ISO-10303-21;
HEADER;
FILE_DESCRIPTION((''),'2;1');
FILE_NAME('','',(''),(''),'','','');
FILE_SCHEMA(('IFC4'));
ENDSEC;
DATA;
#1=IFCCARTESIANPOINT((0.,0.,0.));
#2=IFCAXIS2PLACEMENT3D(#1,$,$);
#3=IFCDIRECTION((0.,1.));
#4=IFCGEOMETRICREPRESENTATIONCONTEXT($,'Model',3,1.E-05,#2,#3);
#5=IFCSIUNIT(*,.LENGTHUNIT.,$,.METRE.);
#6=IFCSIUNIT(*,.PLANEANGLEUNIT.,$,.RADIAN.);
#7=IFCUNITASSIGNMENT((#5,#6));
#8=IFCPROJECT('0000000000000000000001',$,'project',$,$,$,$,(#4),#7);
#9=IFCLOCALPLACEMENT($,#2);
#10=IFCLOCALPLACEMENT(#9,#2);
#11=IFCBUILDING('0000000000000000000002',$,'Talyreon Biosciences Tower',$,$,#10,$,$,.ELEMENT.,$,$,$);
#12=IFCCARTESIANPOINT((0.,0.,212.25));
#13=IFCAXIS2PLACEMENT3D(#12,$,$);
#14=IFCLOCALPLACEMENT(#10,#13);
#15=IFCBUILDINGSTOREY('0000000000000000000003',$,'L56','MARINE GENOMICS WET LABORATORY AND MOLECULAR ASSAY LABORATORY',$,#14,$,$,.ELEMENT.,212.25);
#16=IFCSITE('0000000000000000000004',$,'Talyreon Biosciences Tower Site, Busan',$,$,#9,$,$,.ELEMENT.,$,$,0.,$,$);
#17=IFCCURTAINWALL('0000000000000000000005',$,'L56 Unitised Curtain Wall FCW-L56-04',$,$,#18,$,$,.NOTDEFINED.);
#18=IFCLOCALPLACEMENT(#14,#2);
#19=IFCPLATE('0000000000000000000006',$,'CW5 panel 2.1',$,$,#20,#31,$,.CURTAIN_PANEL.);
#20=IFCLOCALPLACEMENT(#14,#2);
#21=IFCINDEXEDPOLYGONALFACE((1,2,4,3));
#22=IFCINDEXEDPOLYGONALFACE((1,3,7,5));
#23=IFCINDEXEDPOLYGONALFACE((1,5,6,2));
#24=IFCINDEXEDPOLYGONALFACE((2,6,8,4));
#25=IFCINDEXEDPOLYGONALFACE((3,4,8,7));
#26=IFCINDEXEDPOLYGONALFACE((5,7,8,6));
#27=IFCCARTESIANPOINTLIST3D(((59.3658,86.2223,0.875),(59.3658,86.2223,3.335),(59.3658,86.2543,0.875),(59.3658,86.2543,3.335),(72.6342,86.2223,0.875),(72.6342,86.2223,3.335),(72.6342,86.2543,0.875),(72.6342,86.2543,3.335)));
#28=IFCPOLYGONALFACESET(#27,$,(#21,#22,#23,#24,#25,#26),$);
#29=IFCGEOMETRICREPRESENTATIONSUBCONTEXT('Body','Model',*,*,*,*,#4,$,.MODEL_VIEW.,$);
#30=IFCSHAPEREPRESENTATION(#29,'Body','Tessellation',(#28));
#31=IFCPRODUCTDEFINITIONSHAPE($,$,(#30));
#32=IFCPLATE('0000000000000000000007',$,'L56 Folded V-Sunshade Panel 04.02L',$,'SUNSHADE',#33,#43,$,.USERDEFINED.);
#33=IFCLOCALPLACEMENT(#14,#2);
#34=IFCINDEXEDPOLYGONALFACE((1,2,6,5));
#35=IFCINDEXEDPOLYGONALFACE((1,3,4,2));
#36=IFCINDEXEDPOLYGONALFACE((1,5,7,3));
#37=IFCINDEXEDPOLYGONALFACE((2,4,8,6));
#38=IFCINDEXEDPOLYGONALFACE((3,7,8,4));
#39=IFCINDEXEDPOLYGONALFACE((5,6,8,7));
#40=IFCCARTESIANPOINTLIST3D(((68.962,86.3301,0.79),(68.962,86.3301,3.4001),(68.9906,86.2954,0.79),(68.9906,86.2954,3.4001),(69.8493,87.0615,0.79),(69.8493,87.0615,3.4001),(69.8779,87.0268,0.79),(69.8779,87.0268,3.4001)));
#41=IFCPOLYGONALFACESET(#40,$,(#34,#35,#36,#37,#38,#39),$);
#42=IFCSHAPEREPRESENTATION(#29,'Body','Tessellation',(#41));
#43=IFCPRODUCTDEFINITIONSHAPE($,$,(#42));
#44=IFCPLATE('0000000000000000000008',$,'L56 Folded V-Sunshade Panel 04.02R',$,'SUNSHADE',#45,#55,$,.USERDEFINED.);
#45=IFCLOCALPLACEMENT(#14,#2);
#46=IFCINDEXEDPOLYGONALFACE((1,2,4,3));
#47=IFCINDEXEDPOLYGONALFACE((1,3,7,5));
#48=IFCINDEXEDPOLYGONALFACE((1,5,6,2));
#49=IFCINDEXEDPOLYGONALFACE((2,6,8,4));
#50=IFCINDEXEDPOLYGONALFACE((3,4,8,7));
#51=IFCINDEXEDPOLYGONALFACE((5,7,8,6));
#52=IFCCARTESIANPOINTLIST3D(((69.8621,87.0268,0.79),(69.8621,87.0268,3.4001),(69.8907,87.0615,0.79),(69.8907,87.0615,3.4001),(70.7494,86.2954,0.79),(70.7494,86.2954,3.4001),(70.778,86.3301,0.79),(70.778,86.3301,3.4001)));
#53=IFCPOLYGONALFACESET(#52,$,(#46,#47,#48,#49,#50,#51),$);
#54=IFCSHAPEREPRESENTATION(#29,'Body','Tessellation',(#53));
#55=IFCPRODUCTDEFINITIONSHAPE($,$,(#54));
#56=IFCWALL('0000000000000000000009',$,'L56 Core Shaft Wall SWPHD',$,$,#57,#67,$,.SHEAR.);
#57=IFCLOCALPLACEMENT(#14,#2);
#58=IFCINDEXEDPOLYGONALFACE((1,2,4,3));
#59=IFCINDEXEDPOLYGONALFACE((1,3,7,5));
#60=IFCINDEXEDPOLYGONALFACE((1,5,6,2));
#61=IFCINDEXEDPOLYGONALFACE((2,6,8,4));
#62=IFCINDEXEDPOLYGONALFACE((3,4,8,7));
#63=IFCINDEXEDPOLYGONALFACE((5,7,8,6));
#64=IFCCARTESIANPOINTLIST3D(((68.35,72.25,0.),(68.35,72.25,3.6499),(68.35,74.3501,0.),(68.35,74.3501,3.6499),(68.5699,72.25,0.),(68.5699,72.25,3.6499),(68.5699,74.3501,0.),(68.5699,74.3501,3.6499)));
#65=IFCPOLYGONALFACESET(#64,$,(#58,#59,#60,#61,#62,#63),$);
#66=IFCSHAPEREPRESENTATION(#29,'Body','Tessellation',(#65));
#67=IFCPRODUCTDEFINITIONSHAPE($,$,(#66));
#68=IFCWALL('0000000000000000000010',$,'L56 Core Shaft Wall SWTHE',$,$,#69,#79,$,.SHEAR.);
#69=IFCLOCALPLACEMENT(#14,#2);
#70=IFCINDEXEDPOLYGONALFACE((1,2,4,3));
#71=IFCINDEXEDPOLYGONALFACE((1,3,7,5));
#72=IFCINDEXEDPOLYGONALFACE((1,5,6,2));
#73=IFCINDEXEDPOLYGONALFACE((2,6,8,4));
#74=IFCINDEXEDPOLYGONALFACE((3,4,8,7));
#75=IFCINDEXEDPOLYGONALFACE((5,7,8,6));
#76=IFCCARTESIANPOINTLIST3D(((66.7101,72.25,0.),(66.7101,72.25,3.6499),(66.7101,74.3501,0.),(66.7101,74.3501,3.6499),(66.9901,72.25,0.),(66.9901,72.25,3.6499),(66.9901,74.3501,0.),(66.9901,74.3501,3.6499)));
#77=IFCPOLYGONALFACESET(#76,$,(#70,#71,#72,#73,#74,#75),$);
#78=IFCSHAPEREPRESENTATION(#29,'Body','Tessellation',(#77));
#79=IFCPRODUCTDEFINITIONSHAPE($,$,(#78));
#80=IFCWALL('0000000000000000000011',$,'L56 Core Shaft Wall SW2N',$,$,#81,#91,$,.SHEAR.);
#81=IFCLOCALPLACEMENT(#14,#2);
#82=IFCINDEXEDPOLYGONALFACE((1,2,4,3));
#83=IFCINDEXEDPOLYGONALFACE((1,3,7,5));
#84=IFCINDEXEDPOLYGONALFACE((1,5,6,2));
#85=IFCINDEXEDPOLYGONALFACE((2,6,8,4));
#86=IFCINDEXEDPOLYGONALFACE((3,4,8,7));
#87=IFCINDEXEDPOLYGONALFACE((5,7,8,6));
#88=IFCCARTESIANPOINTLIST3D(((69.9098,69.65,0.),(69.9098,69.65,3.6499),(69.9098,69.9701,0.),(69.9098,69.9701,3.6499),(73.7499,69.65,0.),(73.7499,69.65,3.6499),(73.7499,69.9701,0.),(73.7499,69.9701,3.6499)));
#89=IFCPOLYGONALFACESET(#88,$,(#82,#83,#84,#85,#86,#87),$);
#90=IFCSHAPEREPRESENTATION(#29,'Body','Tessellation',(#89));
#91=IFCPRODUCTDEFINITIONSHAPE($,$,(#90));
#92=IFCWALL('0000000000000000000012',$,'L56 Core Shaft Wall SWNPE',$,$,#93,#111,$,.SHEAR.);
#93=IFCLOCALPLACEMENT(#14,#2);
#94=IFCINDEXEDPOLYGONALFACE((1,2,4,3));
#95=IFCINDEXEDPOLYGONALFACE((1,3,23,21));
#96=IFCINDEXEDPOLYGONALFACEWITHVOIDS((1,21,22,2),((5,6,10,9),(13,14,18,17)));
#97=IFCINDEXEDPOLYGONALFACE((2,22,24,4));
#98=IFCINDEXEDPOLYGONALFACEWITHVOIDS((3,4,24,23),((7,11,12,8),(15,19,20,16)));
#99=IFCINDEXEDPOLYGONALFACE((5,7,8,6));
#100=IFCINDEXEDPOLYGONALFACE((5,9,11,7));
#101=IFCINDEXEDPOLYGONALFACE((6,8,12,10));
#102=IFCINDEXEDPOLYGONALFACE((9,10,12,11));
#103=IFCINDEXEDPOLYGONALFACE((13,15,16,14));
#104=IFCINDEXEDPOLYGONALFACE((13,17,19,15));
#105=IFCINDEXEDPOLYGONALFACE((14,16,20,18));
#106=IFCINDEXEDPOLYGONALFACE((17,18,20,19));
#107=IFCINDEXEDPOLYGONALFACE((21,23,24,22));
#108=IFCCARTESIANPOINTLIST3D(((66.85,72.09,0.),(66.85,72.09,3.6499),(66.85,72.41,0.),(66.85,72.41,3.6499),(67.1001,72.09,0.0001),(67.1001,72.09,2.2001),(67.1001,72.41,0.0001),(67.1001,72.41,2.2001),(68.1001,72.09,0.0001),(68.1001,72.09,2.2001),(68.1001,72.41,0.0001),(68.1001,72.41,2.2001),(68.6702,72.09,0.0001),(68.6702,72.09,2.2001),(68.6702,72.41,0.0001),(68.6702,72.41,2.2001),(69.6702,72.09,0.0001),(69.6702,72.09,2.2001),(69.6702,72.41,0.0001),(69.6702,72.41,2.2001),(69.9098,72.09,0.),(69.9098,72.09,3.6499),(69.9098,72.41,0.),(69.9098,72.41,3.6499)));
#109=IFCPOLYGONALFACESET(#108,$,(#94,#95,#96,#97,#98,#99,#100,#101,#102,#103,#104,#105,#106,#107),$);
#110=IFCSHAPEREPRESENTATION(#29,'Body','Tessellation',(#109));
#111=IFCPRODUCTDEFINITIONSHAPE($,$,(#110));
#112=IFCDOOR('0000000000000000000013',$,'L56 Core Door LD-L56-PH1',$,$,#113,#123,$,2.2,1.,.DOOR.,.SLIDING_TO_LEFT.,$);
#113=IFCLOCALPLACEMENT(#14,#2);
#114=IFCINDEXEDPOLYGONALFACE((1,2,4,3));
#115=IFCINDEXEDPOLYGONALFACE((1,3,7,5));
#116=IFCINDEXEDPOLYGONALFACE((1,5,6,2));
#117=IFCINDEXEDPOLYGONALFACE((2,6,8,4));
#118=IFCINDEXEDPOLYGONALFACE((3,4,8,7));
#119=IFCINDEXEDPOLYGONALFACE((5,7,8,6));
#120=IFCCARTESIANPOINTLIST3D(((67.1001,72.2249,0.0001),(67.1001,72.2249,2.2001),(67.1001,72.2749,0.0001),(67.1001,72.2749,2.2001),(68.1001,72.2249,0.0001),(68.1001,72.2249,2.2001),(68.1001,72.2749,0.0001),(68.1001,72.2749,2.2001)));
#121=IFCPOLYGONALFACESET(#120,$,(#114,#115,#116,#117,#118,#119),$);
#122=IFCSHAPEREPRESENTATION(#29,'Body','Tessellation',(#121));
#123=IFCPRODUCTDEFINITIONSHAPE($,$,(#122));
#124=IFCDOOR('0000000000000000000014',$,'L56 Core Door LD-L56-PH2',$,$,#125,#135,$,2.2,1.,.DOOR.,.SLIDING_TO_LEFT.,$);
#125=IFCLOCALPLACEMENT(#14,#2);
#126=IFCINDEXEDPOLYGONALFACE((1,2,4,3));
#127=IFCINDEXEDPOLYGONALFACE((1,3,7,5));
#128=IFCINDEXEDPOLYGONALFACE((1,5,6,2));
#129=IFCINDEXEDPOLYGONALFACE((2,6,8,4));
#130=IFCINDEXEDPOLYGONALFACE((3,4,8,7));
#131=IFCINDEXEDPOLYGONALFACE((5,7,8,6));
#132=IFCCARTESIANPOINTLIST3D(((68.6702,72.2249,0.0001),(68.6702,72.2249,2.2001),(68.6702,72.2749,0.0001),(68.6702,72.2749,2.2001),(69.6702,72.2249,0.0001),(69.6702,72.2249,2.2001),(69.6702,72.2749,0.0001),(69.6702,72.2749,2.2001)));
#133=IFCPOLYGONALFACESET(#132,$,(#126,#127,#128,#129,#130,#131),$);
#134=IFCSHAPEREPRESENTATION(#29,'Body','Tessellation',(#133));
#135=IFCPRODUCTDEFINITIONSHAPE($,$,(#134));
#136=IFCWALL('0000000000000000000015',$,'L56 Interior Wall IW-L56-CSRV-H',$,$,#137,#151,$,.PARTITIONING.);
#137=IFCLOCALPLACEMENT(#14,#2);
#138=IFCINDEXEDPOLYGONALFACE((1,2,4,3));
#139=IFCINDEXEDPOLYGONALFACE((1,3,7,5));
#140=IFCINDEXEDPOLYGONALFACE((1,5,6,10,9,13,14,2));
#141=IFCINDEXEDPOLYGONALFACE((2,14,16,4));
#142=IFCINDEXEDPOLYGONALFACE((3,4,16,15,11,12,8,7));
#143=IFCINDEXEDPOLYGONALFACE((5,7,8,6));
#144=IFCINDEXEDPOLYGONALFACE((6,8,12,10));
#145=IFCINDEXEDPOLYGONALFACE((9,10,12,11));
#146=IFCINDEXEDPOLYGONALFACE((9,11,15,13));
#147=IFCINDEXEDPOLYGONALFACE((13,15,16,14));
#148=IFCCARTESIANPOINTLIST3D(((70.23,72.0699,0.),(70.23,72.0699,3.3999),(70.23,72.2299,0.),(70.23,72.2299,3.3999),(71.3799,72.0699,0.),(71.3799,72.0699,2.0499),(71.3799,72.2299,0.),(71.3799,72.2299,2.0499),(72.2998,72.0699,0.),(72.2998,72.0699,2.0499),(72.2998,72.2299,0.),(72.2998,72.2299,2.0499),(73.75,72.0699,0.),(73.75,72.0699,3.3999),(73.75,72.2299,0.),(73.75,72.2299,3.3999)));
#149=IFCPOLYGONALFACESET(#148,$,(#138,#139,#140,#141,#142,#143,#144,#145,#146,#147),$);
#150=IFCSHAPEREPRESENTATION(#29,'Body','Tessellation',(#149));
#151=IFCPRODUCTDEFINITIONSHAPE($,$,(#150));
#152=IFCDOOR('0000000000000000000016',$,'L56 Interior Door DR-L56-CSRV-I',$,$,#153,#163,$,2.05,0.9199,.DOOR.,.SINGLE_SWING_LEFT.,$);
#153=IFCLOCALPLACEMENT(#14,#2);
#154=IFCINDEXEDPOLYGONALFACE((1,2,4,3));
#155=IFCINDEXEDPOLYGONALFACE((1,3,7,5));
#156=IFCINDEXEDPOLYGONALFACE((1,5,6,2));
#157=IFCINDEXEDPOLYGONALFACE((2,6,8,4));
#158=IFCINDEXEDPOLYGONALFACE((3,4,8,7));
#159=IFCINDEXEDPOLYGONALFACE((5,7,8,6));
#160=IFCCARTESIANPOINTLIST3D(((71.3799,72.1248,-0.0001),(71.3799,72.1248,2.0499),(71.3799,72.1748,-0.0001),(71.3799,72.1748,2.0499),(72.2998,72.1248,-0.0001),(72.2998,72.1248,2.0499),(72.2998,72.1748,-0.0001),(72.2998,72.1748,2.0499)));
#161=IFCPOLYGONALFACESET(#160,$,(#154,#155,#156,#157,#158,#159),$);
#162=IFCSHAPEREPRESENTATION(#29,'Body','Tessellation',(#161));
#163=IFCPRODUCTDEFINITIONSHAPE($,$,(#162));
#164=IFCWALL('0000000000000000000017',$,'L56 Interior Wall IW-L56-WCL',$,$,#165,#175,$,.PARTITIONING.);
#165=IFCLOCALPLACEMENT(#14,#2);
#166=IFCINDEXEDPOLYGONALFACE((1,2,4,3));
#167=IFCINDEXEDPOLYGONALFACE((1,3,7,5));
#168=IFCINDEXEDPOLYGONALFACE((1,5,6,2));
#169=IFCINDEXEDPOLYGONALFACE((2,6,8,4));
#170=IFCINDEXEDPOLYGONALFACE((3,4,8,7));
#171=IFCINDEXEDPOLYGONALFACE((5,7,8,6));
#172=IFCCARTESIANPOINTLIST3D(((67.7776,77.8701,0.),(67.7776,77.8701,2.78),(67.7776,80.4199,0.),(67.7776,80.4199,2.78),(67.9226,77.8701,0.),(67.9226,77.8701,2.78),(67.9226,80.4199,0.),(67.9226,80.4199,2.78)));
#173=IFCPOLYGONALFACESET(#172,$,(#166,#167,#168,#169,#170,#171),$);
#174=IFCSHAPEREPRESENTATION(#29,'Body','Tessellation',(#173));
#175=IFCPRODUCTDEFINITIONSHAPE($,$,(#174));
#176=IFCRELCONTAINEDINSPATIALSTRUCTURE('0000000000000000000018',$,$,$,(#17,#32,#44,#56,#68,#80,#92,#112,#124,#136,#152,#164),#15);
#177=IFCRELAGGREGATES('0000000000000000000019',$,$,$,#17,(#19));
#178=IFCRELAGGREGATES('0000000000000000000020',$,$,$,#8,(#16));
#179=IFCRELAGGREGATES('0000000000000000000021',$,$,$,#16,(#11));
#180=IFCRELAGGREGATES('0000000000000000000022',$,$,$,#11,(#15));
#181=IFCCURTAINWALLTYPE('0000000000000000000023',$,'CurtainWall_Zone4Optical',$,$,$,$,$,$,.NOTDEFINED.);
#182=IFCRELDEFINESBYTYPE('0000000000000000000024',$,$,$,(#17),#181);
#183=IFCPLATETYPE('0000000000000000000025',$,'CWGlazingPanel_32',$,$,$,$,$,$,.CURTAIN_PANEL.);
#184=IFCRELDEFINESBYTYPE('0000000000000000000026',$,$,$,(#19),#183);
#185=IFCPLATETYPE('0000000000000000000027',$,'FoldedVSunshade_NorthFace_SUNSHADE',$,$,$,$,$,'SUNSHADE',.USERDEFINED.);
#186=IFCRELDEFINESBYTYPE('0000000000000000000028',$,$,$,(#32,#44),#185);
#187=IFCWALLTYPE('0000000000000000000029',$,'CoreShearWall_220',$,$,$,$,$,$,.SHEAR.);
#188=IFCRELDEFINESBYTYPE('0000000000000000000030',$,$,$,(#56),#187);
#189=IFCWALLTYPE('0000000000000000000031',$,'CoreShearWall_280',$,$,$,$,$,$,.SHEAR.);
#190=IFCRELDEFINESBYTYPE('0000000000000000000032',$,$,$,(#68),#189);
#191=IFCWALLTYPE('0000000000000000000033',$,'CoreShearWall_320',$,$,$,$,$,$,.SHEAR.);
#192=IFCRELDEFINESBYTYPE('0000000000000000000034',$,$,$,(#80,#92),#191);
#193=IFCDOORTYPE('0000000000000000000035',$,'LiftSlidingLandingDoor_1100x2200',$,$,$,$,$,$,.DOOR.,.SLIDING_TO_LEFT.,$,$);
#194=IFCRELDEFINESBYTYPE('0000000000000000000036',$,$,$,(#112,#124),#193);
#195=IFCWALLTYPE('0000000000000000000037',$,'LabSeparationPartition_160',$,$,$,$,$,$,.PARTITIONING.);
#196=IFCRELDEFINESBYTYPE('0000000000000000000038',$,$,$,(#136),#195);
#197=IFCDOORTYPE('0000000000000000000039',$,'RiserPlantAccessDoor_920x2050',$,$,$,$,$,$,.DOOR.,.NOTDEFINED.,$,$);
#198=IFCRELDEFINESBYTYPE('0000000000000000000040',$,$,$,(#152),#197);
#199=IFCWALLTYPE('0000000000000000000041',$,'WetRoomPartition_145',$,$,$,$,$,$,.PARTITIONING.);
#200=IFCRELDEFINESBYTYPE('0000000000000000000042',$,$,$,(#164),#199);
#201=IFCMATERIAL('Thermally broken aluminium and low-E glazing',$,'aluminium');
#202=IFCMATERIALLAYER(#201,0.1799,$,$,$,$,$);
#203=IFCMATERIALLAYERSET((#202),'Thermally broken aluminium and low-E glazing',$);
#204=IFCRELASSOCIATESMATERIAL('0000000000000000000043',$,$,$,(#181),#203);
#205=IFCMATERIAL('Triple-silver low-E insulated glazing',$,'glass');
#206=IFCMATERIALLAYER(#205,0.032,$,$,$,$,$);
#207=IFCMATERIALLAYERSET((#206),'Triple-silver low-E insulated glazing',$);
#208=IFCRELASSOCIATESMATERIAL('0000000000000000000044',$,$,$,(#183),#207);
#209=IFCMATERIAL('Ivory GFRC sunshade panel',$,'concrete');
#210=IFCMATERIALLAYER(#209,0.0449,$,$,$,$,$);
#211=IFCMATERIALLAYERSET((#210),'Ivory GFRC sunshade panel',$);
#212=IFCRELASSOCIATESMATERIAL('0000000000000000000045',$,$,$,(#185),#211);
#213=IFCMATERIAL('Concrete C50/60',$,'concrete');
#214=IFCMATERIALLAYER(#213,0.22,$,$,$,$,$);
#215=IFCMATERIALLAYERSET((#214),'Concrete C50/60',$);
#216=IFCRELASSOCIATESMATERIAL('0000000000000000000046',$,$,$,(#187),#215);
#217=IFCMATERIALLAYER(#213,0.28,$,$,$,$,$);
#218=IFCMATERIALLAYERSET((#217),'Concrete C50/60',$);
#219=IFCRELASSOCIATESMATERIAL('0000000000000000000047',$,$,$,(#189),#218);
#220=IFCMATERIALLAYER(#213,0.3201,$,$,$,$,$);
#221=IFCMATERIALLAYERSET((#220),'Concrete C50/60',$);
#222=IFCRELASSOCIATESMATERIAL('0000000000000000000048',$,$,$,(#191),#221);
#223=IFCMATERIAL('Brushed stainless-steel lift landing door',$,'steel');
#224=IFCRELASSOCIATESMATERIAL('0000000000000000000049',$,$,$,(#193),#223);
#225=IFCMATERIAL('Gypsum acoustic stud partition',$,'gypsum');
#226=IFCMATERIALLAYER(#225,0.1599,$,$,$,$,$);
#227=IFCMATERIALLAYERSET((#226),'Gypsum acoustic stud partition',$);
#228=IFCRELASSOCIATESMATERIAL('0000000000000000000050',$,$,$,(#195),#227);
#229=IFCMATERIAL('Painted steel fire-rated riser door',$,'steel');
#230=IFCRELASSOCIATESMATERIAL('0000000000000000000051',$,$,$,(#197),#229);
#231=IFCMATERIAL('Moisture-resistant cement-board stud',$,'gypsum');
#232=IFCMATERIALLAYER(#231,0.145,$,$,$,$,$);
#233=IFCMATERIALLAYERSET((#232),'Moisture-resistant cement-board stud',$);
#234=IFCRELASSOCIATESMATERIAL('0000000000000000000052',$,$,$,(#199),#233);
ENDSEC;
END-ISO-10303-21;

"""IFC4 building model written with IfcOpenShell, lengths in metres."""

from ifc_helpers import new_model, si_unit, direction, frame, frame_2d, origin, origin_2d, place, context, subcontext, project, spatial, rectangle, extrude, material, layer, layer_set, type_object, element, fill, aggregate, save


model = new_model("IFC4")

# Units and contexts
model_context = context("Model", 3, precision=1e-05, world=origin(), true_north=direction((0.0, 1.0)))
body_context = subcontext(model_context, "Body", "Model", "MODEL_VIEW")
ifc_project = project(units=[si_unit("LENGTHUNIT", "METRE"), si_unit("PLANEANGLEUNIT", "RADIAN")], contexts=[model_context])

# Site, building, storey
site_placement = place(None, origin())
site = spatial("IfcSite", under=ifc_project, at=site_placement, Name="Talyreon Biosciences Tower Site, Busan", CompositionType="ELEMENT", RefElevation=0.0)
building_placement = place(site_placement, origin())
building = spatial("IfcBuilding", under=site, at=building_placement, Name="Talyreon Biosciences Tower", CompositionType="ELEMENT")
storey_placement = place(building_placement, frame((0.0, 0.0, 212.25)))
storey = spatial("IfcBuildingStorey", under=building, at=storey_placement, Name="L56", Description="MARINE GENOMICS WET LABORATORY AND MOLECULAR ASSAY LABORATORY", CompositionType="ELEMENT", Elevation=212.25)

# Shared definitions
ifc_material_1 = material(Name="Concrete C50/60", Category="concrete")

# Curtain wall
ifc_material_2 = material(Name="Thermally broken aluminium and low-E glazing", Category="aluminium")
ifc_layer_1 = layer(ifc_material_2, 0.1799)
ifc_layer_set_1 = layer_set([ifc_layer_1], Name="Thermally broken aluminium and low-E glazing")
curtain_wall_type = type_object("IfcCurtainWallType", Name="CurtainWall_Zone4Optical", PredefinedType="NOTDEFINED", material=ifc_layer_set_1)
curtain_wall_placement = place(storey_placement, origin())
curtain_wall = element("IfcCurtainWall", 1, at=curtain_wall_placement, inside=storey, type_object=curtain_wall_type, Name="L56 Unitised Curtain Wall FCW-L56-04", PredefinedType="NOTDEFINED")

# Plate
ifc_material_3 = material(Name="Triple-silver low-E insulated glazing", Category="glass")
ifc_layer_2 = layer(ifc_material_3, 0.032)
ifc_layer_set_2 = layer_set([ifc_layer_2], Name="Triple-silver low-E insulated glazing")
plate_type_1 = type_object("IfcPlateType", Name="CWGlazingPanel_32", PredefinedType="CURTAIN_PANEL", material=ifc_layer_set_2)
plate_placement = place(storey_placement, frame((66.0, 86.2383, 0.875), z_axis=(0.0, 0.0, 1.0), x_axis=(1.0, 0.0, 0.0)))
plate = element("IfcPlate", 2, at=plate_placement, type_object=plate_type_1, Name="CW5 panel 2.1", PredefinedType="CURTAIN_PANEL", context=body_context, shape_type="SweptSolid", body=[
    extrude(rectangle(XDim=13.2683, YDim=0.032, at=origin_2d()), origin(), (0.0, 0.0, 1.0), 2.46),
])
aggregate(curtain_wall, [plate])

# Plates
ifc_material_4 = material(Name="Ivory GFRC sunshade panel", Category="concrete")
ifc_layer_3 = layer(ifc_material_4, 0.0449)
ifc_layer_set_3 = layer_set([ifc_layer_3], Name="Ivory GFRC sunshade panel")
plate_type_2 = type_object("IfcPlateType", Name="FoldedVSunshade_NorthFace_SUNSHADE", ElementType="SUNSHADE", PredefinedType="USERDEFINED", material=ifc_layer_set_3)
for number, where, z_axis, x_axis, name in (
    (3, (69.4199, 86.6785, 0.79), (0.0, 0.0, 1.0), (0.771625, 0.636078, 0.0), "L56 Folded V-Sunshade Panel 04.02L"),
    (4, (70.3201, 86.6785, 0.79), (0.0, 0.0, 1.0), (0.771625, -0.636078, 0.0), "L56 Folded V-Sunshade Panel 04.02R"),
):
    element("IfcPlate", number, at=place(storey_placement, frame(where, z_axis=z_axis, x_axis=x_axis)), inside=storey, type_object=plate_type_2, Name=name, ObjectType="SUNSHADE", PredefinedType="USERDEFINED", context=body_context, shape_type="SweptSolid", body=[
        extrude(rectangle(XDim=1.1499, YDim=0.0449, at=origin_2d()), origin(), (0.0, 0.0, 1.0), 2.6101),
    ])

# Walls
ifc_layer_4 = layer(ifc_material_1, 0.22)
ifc_layer_set_4 = layer_set([ifc_layer_4], Name="Concrete C50/60")
wall_type_1 = type_object("IfcWallType", Name="CoreShearWall_220", PredefinedType="SHEAR", material=ifc_layer_set_4)
wall_1_placement = place(storey_placement, frame((68.46, 72.25, 0.0), z_axis=(0.0, 0.0, 1.0), x_axis=(0.0, 1.0, 0.0)))
element("IfcWall", 5, at=wall_1_placement, inside=storey, type_object=wall_type_1, Name="L56 Core Shaft Wall SWPHD", PredefinedType="SHEAR", context=body_context, shape_type="SweptSolid", body=[
    extrude(rectangle(XDim=2.1001, YDim=0.22, at=frame_2d((1.05, 0.0))), origin(), (0.0, 0.0, 1.0), 3.6499),
])
ifc_layer_5 = layer(ifc_material_1, 0.28)
ifc_layer_set_5 = layer_set([ifc_layer_5], Name="Concrete C50/60")
wall_type_2 = type_object("IfcWallType", Name="CoreShearWall_280", PredefinedType="SHEAR", material=ifc_layer_set_5)
wall_2_placement = place(storey_placement, frame((66.8501, 72.25, 0.0), z_axis=(0.0, 0.0, 1.0), x_axis=(0.0, 1.0, 0.0)))
element("IfcWall", 6, at=wall_2_placement, inside=storey, type_object=wall_type_2, Name="L56 Core Shaft Wall SWTHE", PredefinedType="SHEAR", context=body_context, shape_type="SweptSolid", body=[
    extrude(rectangle(XDim=2.1001, YDim=0.28, at=frame_2d((1.05, 0.0))), origin(), (0.0, 0.0, 1.0), 3.6499),
])
ifc_layer_6 = layer(ifc_material_1, 0.3201)
ifc_layer_set_6 = layer_set([ifc_layer_6], Name="Concrete C50/60")
wall_type_3 = type_object("IfcWallType", Name="CoreShearWall_320", PredefinedType="SHEAR", material=ifc_layer_set_6)
wall_3_placement = place(storey_placement, frame((69.9099, 69.8101, 0.0), z_axis=(0.0, 0.0, 1.0), x_axis=(1.0, 0.0, 0.0)))
element("IfcWall", 7, at=wall_3_placement, inside=storey, type_object=wall_type_3, Name="L56 Core Shaft Wall SW2N", PredefinedType="SHEAR", context=body_context, shape_type="SweptSolid", body=[
    extrude(rectangle(XDim=3.8401, YDim=0.3201, at=frame_2d((1.9199, 0.0))), origin(), (0.0, 0.0, 1.0), 3.6499),
])

# Wall, openings, doors
wall_4_placement = place(storey_placement, frame((66.8501, 72.25, 0.0), z_axis=(0.0, 0.0, 1.0), x_axis=(1.0, 0.0, 0.0)))
wall_4 = element("IfcWall", 8, at=wall_4_placement, inside=storey, type_object=wall_type_3, Name="L56 Core Shaft Wall SWNPE", PredefinedType="SHEAR", context=body_context, shape_type="SweptSolid", body=[
    extrude(rectangle(XDim=3.0598, YDim=0.3201, at=frame_2d((1.5298, 0.0))), origin(), (0.0, 0.0, 1.0), 3.6499),
])
opening_1_placement = place(wall_4_placement, frame((0.25, 0.0, 0.0)))
opening_1 = element("IfcOpeningElement", 9, at=opening_1_placement, cuts=wall_4, PredefinedType="OPENING", context=body_context, shape_type="SweptSolid", body=[
    extrude(rectangle(XDim=1.0, YDim=2.2, at=frame_2d((0.5, 1.1001))), frame((0.0, 0.1699, 0.0), z_axis=(0.0, -1.0, 0.0), x_axis=(1.0, 0.0, 0.0)), (0.0, 0.0, 1.0), 0.3401),
])
opening_2_placement = place(wall_4_placement, frame((1.8201, 0.0, 0.0)))
opening_2 = element("IfcOpeningElement", 10, at=opening_2_placement, cuts=wall_4, PredefinedType="OPENING", context=body_context, shape_type="SweptSolid", body=[
    extrude(rectangle(XDim=1.0, YDim=2.2, at=frame_2d((0.5, 1.1001))), frame((0.0, 0.1699, 0.0), z_axis=(0.0, -1.0, 0.0), x_axis=(1.0, 0.0, 0.0)), (0.0, 0.0, 1.0), 0.3401),
])
ifc_material_5 = material(Name="Brushed stainless-steel lift landing door", Category="steel")
door_type_1 = type_object("IfcDoorType", Name="LiftSlidingLandingDoor_1100x2200", OperationType="SLIDING_TO_LEFT", PredefinedType="DOOR", material=ifc_material_5)
door_1_placement = place(opening_1_placement, origin())
door_1 = element("IfcDoor", 11, at=door_1_placement, inside=storey, type_object=door_type_1, Name="L56 Core Door LD-L56-PH1", OperationType="SLIDING_TO_LEFT", OverallHeight=2.2, OverallWidth=1.0, PredefinedType="DOOR", context=body_context, shape_type="SweptSolid", body=[
    extrude(rectangle(XDim=1.0, YDim=2.2, at=frame_2d((0.5, 1.1001))), frame((0.0, 0.0249, 0.0), z_axis=(0.0, -1.0, 0.0), x_axis=(1.0, 0.0, 0.0)), (0.0, 0.0, 1.0), 0.05),
])
fill(opening_1, door_1)
door_2_placement = place(opening_2_placement, origin())
door_2 = element("IfcDoor", 12, at=door_2_placement, inside=storey, type_object=door_type_1, Name="L56 Core Door LD-L56-PH2", OperationType="SLIDING_TO_LEFT", OverallHeight=2.2, OverallWidth=1.0, PredefinedType="DOOR", context=body_context, shape_type="SweptSolid", body=[
    extrude(rectangle(XDim=1.0, YDim=2.2, at=frame_2d((0.5, 1.1001))), frame((0.0, 0.0249, 0.0), z_axis=(0.0, -1.0, 0.0), x_axis=(1.0, 0.0, 0.0)), (0.0, 0.0, 1.0), 0.05),
])
fill(opening_2, door_2)

# Wall, opening, door
ifc_material_6 = material(Name="Gypsum acoustic stud partition", Category="gypsum")
ifc_layer_7 = layer(ifc_material_6, 0.1599)
ifc_layer_set_7 = layer_set([ifc_layer_7], Name="Gypsum acoustic stud partition")
wall_type_4 = type_object("IfcWallType", Name="LabSeparationPartition_160", PredefinedType="PARTITIONING", material=ifc_layer_set_7)
wall_5_placement = place(storey_placement, frame((70.23, 72.1499, 0.0), z_axis=(0.0, 0.0, 1.0), x_axis=(1.0, 0.0, 0.0)))
wall_5 = element("IfcWall", 13, at=wall_5_placement, inside=storey, type_object=wall_type_4, Name="L56 Interior Wall IW-L56-CSRV-H", PredefinedType="PARTITIONING", context=body_context, shape_type="SweptSolid", body=[
    extrude(rectangle(XDim=3.52, YDim=0.1599, at=frame_2d((1.76, 0.0))), origin(), (0.0, 0.0, 1.0), 3.3999),
])
opening_3_placement = place(wall_5_placement, frame((1.1499, 0.0, 0.0)))
opening_3 = element("IfcOpeningElement", 14, at=opening_3_placement, cuts=wall_5, PredefinedType="OPENING", context=body_context, shape_type="SweptSolid", body=[
    extrude(rectangle(XDim=0.9199, YDim=2.05, at=frame_2d((0.46, 1.0249))), frame((0.0, 0.0898, 0.0), z_axis=(0.0, -1.0, 0.0), x_axis=(1.0, 0.0, 0.0)), (0.0, 0.0, 1.0), 0.1799),
])
ifc_material_7 = material(Name="Painted steel fire-rated riser door", Category="steel")
door_type_2 = type_object("IfcDoorType", Name="RiserPlantAccessDoor_920x2050", OperationType="NOTDEFINED", PredefinedType="DOOR", material=ifc_material_7)
door_3_placement = place(opening_3_placement, origin())
door_3 = element("IfcDoor", 15, at=door_3_placement, inside=storey, type_object=door_type_2, Name="L56 Interior Door DR-L56-CSRV-I", OperationType="SINGLE_SWING_LEFT", OverallHeight=2.05, OverallWidth=0.9199, PredefinedType="DOOR", context=body_context, shape_type="SweptSolid", body=[
    extrude(rectangle(XDim=0.9199, YDim=2.05, at=frame_2d((0.46, 1.0249))), frame((0.0, 0.0249, 0.0), z_axis=(0.0, -1.0, 0.0), x_axis=(1.0, 0.0, 0.0)), (0.0, 0.0, 1.0), 0.05),
])
fill(opening_3, door_3)

# Wall
ifc_material_8 = material(Name="Moisture-resistant cement-board stud", Category="gypsum")
ifc_layer_8 = layer(ifc_material_8, 0.145)
ifc_layer_set_8 = layer_set([ifc_layer_8], Name="Moisture-resistant cement-board stud")
wall_type_5 = type_object("IfcWallType", Name="WetRoomPartition_145", PredefinedType="PARTITIONING", material=ifc_layer_set_8)
wall_6_placement = place(storey_placement, frame((67.8501, 77.8701, 0.0), z_axis=(0.0, 0.0, 1.0), x_axis=(0.0, 1.0, 0.0)))
element("IfcWall", 16, at=wall_6_placement, inside=storey, type_object=wall_type_5, Name="L56 Interior Wall IW-L56-WCL", PredefinedType="PARTITIONING", context=body_context, shape_type="SweptSolid", body=[
    extrude(rectangle(XDim=2.5498, YDim=0.145, at=frame_2d((1.2749, 0.0))), origin(), (0.0, 0.0, 1.0), 2.78),
])

save(model, "model.ifc")
